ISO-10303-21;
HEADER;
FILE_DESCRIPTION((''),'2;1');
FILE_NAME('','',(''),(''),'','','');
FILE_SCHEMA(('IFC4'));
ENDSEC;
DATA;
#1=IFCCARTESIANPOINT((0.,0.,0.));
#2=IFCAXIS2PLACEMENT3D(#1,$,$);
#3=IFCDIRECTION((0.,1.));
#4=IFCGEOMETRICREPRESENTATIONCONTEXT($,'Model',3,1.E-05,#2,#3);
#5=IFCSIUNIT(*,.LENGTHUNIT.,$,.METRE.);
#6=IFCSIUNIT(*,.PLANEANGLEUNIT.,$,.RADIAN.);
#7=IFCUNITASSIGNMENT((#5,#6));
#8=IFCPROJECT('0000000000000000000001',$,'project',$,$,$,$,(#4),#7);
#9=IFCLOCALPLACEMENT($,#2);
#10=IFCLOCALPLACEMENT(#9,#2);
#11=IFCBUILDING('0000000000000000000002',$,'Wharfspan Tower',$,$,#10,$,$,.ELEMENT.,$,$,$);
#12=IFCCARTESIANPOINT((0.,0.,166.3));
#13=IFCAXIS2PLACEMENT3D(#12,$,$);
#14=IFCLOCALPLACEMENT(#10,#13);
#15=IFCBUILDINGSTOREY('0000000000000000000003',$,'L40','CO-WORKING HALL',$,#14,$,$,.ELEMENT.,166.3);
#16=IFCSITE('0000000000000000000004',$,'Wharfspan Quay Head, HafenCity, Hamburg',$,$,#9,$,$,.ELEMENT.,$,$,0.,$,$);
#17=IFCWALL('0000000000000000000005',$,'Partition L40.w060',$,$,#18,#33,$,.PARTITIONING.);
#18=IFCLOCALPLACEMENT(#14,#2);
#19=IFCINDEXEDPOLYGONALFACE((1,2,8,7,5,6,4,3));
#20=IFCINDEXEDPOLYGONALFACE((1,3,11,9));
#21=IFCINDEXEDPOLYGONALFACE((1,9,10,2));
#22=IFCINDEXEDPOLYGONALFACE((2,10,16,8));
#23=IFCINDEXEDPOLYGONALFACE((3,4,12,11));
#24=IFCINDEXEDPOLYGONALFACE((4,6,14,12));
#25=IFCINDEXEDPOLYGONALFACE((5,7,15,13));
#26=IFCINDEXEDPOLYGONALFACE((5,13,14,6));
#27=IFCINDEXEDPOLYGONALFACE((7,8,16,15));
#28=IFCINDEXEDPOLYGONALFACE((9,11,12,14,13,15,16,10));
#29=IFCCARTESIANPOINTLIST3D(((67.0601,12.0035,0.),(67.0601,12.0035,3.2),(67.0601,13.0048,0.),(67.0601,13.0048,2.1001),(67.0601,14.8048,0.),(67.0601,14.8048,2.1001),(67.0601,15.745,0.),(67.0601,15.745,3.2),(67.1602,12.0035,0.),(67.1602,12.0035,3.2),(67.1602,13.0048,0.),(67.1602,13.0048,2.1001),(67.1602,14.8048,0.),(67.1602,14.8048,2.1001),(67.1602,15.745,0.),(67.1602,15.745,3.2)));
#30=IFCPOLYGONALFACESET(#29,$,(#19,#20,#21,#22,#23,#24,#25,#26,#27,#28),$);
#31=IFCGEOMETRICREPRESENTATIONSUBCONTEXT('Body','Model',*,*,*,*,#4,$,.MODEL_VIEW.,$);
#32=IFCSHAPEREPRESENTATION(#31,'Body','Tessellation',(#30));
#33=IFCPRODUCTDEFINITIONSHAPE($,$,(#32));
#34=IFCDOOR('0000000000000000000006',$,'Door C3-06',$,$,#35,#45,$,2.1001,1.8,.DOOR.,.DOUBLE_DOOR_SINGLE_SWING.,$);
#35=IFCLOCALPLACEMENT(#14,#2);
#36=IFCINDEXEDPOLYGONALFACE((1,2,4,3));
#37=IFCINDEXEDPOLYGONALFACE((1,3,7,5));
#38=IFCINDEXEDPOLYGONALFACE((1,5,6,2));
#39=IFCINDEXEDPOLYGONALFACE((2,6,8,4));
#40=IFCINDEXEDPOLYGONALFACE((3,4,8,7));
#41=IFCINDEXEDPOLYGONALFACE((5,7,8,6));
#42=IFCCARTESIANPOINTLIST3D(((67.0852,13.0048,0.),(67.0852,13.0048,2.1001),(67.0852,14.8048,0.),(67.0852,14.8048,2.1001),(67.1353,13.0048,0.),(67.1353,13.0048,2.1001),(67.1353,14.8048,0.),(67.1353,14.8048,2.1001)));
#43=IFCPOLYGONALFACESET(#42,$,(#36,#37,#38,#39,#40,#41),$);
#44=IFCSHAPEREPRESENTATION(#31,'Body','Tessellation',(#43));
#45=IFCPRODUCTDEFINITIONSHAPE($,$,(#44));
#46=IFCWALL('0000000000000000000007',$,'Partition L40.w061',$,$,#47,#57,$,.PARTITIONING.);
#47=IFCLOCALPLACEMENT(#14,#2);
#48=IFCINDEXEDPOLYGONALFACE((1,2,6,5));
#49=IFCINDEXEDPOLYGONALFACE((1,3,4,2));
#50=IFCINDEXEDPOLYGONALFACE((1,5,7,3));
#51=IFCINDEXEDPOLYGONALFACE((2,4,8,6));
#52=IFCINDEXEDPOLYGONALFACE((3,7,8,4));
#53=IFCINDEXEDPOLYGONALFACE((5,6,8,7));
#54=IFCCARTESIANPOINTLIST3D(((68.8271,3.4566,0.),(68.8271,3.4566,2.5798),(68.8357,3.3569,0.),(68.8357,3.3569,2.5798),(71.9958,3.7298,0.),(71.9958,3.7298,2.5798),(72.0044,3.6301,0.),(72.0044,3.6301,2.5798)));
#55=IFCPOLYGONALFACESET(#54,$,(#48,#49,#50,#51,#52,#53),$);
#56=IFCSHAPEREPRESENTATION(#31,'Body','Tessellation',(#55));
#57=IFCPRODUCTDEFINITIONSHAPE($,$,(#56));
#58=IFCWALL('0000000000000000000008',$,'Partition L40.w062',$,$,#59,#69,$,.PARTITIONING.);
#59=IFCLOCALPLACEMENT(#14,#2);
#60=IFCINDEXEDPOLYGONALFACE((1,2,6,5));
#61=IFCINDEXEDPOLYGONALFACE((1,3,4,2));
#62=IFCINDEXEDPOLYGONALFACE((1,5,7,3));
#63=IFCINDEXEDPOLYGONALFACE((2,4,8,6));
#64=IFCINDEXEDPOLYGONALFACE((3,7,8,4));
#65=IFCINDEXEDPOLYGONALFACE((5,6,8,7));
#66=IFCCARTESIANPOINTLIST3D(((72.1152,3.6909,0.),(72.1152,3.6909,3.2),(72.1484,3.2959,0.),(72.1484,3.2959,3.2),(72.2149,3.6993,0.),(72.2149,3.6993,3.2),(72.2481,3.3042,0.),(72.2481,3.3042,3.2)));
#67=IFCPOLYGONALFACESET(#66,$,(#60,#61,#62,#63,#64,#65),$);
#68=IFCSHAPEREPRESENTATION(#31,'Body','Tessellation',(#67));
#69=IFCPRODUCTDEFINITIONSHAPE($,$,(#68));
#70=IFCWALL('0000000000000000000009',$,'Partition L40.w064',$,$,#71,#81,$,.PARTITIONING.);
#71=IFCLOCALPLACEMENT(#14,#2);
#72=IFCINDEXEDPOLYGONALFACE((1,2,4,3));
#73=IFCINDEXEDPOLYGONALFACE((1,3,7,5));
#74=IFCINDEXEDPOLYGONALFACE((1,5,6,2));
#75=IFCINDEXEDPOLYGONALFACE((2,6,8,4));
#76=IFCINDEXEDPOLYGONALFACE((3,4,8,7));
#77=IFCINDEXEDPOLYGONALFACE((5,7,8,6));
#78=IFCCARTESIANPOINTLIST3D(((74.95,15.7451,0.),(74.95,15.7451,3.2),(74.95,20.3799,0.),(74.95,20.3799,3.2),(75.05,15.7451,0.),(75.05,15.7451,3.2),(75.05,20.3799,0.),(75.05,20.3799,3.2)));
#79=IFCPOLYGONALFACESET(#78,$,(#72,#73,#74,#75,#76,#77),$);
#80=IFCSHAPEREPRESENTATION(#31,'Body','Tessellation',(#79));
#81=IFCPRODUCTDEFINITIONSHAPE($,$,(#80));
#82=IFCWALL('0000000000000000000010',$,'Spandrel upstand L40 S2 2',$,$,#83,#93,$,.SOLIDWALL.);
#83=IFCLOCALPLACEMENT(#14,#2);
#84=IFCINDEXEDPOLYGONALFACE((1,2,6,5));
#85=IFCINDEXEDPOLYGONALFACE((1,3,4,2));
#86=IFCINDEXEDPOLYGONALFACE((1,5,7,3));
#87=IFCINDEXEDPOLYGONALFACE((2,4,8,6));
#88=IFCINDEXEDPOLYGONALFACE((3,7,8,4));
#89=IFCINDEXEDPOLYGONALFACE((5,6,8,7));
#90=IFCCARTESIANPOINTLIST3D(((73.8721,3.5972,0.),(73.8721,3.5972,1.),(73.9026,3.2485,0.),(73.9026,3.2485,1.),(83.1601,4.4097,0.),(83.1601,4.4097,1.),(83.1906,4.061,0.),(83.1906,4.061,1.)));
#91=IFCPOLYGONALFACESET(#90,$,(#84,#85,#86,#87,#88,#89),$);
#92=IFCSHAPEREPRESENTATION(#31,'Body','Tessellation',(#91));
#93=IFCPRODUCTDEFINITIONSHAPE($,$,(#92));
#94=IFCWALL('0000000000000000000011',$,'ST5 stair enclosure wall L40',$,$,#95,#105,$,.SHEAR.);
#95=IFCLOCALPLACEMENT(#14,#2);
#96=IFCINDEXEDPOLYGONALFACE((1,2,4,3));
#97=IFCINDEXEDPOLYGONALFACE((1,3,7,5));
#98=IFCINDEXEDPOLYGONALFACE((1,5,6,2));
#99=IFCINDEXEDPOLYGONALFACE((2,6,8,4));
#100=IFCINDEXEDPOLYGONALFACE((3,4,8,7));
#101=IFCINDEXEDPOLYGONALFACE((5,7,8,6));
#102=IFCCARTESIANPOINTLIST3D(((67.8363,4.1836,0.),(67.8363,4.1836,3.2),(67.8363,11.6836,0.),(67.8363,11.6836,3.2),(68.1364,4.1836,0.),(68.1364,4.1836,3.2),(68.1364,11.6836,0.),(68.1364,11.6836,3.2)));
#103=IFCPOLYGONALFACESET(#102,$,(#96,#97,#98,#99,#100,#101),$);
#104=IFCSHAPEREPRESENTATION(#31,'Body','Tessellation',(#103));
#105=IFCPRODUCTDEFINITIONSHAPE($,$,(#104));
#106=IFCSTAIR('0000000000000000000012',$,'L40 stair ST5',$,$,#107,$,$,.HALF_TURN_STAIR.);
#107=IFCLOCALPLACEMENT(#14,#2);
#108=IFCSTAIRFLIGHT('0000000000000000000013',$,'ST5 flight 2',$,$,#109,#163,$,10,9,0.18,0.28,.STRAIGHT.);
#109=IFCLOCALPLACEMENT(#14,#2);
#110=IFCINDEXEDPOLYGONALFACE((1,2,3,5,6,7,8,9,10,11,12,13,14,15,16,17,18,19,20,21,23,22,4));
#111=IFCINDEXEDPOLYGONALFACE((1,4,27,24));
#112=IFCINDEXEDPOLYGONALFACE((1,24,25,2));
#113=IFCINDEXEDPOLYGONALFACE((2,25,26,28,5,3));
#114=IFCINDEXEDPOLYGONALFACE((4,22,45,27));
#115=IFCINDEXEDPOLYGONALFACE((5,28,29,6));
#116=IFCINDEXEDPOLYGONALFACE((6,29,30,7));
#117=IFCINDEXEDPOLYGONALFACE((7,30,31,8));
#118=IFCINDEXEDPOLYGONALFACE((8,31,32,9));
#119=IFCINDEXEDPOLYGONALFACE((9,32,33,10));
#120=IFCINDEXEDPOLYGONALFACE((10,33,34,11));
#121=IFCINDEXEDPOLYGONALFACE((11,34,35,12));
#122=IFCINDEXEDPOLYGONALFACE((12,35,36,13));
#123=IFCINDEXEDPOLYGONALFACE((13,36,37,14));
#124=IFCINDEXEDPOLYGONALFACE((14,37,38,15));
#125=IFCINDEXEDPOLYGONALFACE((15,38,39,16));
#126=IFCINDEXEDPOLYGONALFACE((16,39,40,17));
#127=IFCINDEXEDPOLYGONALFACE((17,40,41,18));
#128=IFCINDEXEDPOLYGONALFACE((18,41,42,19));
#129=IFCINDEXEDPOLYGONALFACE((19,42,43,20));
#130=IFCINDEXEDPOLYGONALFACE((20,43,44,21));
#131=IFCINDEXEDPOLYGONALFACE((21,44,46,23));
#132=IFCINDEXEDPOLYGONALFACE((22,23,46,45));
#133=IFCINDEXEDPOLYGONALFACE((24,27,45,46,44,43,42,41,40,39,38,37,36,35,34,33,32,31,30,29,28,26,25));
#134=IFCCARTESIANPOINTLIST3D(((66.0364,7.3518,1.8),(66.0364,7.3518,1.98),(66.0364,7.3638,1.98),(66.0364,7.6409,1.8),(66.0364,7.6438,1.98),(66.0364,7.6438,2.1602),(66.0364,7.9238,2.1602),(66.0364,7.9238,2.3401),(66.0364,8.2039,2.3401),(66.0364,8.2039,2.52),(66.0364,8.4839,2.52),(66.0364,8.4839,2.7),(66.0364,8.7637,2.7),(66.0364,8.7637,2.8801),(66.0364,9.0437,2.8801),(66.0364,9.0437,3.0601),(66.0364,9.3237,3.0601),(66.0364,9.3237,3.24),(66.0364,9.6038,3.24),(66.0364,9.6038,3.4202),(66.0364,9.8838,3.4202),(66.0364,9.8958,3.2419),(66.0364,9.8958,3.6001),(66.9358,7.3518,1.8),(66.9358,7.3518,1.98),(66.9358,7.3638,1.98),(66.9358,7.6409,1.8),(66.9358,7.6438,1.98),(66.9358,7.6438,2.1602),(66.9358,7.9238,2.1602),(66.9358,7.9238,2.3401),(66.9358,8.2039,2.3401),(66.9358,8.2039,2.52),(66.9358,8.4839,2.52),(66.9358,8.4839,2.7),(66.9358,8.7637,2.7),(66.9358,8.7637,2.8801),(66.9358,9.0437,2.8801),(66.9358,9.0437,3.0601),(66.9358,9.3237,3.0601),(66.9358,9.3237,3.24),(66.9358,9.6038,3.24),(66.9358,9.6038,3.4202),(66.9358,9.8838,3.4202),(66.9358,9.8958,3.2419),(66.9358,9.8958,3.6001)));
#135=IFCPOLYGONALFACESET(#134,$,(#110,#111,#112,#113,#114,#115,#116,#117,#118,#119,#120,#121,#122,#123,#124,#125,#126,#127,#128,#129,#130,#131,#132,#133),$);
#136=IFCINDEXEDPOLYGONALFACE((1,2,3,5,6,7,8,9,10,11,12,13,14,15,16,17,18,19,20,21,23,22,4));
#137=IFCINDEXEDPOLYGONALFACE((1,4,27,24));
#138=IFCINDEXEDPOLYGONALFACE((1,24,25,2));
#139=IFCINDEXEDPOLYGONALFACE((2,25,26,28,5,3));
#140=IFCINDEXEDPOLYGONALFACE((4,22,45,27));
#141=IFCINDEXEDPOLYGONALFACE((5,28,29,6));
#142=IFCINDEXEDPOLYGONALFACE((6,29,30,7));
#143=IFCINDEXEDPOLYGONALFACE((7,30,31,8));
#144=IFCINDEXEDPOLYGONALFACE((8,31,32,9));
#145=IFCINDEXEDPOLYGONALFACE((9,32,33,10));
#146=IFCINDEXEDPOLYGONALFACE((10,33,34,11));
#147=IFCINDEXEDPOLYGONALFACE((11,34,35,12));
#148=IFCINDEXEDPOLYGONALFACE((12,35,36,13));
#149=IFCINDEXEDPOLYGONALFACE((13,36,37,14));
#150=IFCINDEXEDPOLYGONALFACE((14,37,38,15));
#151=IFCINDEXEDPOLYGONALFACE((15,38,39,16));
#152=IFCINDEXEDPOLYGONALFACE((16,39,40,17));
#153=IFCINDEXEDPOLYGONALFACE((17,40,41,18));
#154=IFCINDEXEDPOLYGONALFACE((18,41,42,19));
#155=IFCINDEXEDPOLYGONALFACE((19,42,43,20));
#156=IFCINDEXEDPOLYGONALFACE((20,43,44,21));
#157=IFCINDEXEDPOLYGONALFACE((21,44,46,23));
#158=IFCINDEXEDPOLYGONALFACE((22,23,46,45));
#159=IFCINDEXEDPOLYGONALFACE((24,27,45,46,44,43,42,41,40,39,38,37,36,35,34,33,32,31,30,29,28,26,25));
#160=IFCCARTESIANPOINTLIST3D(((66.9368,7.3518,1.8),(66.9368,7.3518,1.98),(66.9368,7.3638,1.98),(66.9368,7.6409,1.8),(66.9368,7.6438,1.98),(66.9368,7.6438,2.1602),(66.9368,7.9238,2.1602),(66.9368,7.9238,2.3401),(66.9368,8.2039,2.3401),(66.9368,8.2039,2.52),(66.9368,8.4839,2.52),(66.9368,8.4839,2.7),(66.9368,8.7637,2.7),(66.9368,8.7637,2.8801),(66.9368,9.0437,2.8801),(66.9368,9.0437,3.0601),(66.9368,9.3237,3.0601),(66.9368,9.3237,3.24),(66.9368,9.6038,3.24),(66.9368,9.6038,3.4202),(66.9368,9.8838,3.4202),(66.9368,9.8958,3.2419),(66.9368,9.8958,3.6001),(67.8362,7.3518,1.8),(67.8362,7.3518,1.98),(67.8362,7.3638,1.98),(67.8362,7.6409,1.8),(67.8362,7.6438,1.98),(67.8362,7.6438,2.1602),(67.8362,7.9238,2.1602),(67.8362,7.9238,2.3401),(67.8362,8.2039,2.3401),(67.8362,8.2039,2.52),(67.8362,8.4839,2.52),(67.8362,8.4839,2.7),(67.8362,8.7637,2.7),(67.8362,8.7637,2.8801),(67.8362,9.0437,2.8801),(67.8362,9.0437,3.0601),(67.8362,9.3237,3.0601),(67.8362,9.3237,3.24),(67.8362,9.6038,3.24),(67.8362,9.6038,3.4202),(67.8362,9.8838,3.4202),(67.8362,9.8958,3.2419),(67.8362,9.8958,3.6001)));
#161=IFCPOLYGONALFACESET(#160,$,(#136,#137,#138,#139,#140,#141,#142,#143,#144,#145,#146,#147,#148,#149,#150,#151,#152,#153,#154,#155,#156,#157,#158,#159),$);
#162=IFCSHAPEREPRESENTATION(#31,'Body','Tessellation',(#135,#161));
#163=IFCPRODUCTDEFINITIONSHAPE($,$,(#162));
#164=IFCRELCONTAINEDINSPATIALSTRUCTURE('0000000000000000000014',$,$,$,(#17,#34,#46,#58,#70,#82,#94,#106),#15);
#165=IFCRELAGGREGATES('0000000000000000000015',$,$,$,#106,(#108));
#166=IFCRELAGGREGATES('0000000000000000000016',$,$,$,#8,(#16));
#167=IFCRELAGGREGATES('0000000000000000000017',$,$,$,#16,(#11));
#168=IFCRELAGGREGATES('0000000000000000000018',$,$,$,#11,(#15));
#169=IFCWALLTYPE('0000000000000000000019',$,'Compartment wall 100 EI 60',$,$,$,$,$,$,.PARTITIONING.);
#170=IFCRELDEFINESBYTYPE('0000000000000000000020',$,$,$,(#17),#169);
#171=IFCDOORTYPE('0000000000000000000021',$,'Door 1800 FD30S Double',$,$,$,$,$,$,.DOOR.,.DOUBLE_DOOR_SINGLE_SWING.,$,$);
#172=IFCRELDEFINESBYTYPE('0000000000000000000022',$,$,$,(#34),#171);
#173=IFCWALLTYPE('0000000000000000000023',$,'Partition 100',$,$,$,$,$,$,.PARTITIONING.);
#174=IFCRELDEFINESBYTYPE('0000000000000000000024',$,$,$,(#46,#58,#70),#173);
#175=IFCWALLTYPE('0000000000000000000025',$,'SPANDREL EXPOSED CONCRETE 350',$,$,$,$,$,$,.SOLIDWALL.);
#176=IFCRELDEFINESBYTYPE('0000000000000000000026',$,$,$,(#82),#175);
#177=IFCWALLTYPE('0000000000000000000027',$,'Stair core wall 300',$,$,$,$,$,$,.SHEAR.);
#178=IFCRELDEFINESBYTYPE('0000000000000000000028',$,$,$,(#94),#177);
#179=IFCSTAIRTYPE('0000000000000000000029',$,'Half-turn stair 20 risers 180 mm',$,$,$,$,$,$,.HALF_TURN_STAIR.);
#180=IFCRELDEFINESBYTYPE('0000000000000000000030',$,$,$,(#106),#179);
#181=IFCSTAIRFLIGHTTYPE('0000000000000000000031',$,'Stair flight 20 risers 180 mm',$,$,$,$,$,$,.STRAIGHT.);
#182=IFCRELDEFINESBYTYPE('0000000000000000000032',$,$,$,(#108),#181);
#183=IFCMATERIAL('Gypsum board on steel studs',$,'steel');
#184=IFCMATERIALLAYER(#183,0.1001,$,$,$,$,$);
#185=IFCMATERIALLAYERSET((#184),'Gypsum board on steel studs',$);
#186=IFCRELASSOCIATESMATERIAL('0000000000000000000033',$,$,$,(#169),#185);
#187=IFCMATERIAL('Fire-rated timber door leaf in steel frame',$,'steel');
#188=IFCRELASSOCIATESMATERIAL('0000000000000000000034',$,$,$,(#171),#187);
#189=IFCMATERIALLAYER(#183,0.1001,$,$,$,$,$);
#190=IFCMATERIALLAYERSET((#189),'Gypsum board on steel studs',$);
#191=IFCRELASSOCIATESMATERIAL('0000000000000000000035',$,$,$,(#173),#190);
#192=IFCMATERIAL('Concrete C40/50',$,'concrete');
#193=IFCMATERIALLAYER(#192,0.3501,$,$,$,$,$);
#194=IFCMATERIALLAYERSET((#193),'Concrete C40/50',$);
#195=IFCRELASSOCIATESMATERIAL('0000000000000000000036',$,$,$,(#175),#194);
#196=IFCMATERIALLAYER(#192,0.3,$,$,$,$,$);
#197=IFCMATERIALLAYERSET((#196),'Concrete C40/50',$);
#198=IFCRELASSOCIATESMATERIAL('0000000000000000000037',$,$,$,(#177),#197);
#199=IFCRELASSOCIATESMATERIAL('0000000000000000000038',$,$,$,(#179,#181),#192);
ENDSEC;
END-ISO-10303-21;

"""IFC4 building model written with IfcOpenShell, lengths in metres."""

from ifc_helpers import new_model, si_unit, direction, frame, frame_2d, origin, place, context, subcontext, project, spatial, polyline, rectangle, outline, extrude, material, layer, layer_set, type_object, element, fill, aggregate, save


model = new_model("IFC4")

# Units and contexts
model_context = context("Model", 3, precision=1e-05, world=origin(), true_north=direction((0.0, 1.0)))
body_context = subcontext(model_context, "Body", "Model", "MODEL_VIEW")
ifc_project = project(units=[si_unit("LENGTHUNIT", "METRE"), si_unit("PLANEANGLEUNIT", "RADIAN")], contexts=[model_context])

# Site, building, storey
site_placement = place(None, origin())
site = spatial("IfcSite", under=ifc_project, at=site_placement, Name="Wharfspan Quay Head, HafenCity, Hamburg", CompositionType="ELEMENT", RefElevation=0.0)
building_placement = place(site_placement, origin())
building = spatial("IfcBuilding", under=site, at=building_placement, Name="Wharfspan Tower", CompositionType="ELEMENT")
storey_placement = place(building_placement, frame((0.0, 0.0, 166.3)))
storey = spatial("IfcBuildingStorey", under=building, at=storey_placement, Name="L40", Description="CO-WORKING HALL", CompositionType="ELEMENT", Elevation=166.3)

# Shared definitions
ifc_material_1 = material(Name="Gypsum board on steel studs", Category="steel")
ifc_layer_1 = layer(ifc_material_1, 0.1001)
ifc_layer_set_1 = layer_set([ifc_layer_1], Name="Gypsum board on steel studs")
wall_type_1 = type_object("IfcWallType", Name="Compartment wall 100 EI 60", PredefinedType="PARTITIONING", material=ifc_layer_set_1)
ifc_material_2 = material(Name="Fire-rated timber door leaf in steel frame", Category="steel")

# Wall, opening, door
wall_1_placement = place(storey_placement, frame((67.1101, 12.0037, 0.0), z_axis=(0.0, 0.0, 1.0), x_axis=(0.0, 1.0, 0.0)))
wall_1 = element("IfcWall", 1, at=wall_1_placement, inside=storey, type_object=wall_type_1, Name="Partition L40.w060", PredefinedType="PARTITIONING", context=body_context, shape_type="SweptSolid", body=[
    extrude(rectangle(XDim=3.7415, YDim=0.1001, at=frame_2d((1.8706, 0.0))), origin(), (0.0, 0.0, 1.0), 3.2),
])
opening_1_placement = place(wall_1_placement, frame((1.0012, 0.0, 0.0)))
opening_1 = element("IfcOpeningElement", 2, at=opening_1_placement, cuts=wall_1, PredefinedType="OPENING", context=body_context, shape_type="SweptSolid", body=[
    extrude(rectangle(XDim=1.8, YDim=2.1001, at=frame_2d((0.8999, 1.05))), frame((0.0, 0.0601, 0.0), z_axis=(0.0, -1.0, 0.0), x_axis=(1.0, 0.0, 0.0)), (0.0, 0.0, 1.0), 0.1201),
])
door_type_1 = type_object("IfcDoorType", Name="Door 1800 FD30S Double", OperationType="DOUBLE_DOOR_SINGLE_SWING", PredefinedType="DOOR", material=ifc_material_2)
door_1_placement = place(opening_1_placement, origin())
door_1 = element("IfcDoor", 3, at=door_1_placement, inside=storey, type_object=door_type_1, Name="Door C3-06", OperationType="DOUBLE_DOOR_SINGLE_SWING", OverallHeight=2.1001, OverallWidth=1.8, PredefinedType="DOOR", context=body_context, shape_type="SweptSolid", body=[
    extrude(rectangle(XDim=1.8, YDim=2.1001, at=frame_2d((0.8999, 1.05))), frame((0.0, 0.0249, 0.0), z_axis=(0.0, -1.0, 0.0), x_axis=(1.0, 0.0, 0.0)), (0.0, 0.0, 1.0), 0.05),
])
fill(opening_1, door_1)

# Walls
ifc_layer_2 = layer(ifc_material_1, 0.1001)
ifc_layer_set_2 = layer_set([ifc_layer_2], Name="Gypsum board on steel studs")
wall_type_2 = type_object("IfcWallType", Name="Partition 100", PredefinedType="PARTITIONING", material=ifc_layer_set_2)
wall_2_placement = place(storey_placement, frame((68.8313, 3.4067, 0.0), z_axis=(0.0, 0.0, 1.0), x_axis=(0.996308, 0.085898, 0.0)))
element("IfcWall", 4, at=wall_2_placement, inside=storey, type_object=wall_type_2, Name="Partition L40.w061", PredefinedType="PARTITIONING", context=body_context, shape_type="SweptSolid", body=[
    extrude(rectangle(XDim=3.1804, YDim=0.1001, at=frame_2d((1.5903, 0.0))), origin(), (0.0, 0.0, 1.0), 2.5798),
])
wall_3_placement = place(storey_placement, frame((72.1982, 3.3, 0.0), z_axis=(0.0, 0.0, 1.0), x_axis=(-0.083759, 0.996486, 0.0)))
element("IfcWall", 5, at=wall_3_placement, inside=storey, type_object=wall_type_2, Name="Partition L40.w062", PredefinedType="PARTITIONING", context=body_context, shape_type="SweptSolid", body=[
    extrude(rectangle(XDim=0.3965, YDim=0.1001, at=frame_2d((0.1982, 0.0))), origin(), (0.0, 0.0, 1.0), 3.2),
])
wall_4_placement = place(storey_placement, frame((75.0, 15.7451, 0.0), z_axis=(0.0, 0.0, 1.0), x_axis=(0.0, 1.0, 0.0)))
element("IfcWall", 6, at=wall_4_placement, inside=storey, type_object=wall_type_2, Name="Partition L40.w064", PredefinedType="PARTITIONING", context=body_context, shape_type="SweptSolid", body=[
    extrude(rectangle(XDim=4.6348, YDim=0.1001, at=frame_2d((2.3174, 0.0))), origin(), (0.0, 0.0, 1.0), 3.2),
])
ifc_material_3 = material(Name="Concrete C40/50", Category="concrete")
ifc_layer_3 = layer(ifc_material_3, 0.3501)
ifc_layer_set_3 = layer_set([ifc_layer_3], Name="Concrete C40/50")
wall_type_3 = type_object("IfcWallType", Name="SPANDREL EXPOSED CONCRETE 350", PredefinedType="SOLIDWALL", material=ifc_layer_set_3)
wall_5_placement = place(storey_placement, frame((73.8875, 3.4229, 0.0), z_axis=(0.0, 0.0, 1.0), x_axis=(0.996197, 0.087145, 0.0)))
element("IfcWall", 7, at=wall_5_placement, inside=storey, type_object=wall_type_3, Name="Spandrel upstand L40 S2 2", PredefinedType="SOLIDWALL", context=body_context, shape_type="SweptSolid", body=[
    extrude(rectangle(XDim=9.3235, YDim=0.3501, at=frame_2d((4.6616, 0.0))), origin(), (0.0, 0.0, 1.0), 1.0),
])
ifc_layer_4 = layer(ifc_material_3, 0.3)
ifc_layer_set_4 = layer_set([ifc_layer_4], Name="Concrete C40/50")
wall_type_4 = type_object("IfcWallType", Name="Stair core wall 300", PredefinedType="SHEAR", material=ifc_layer_set_4)
wall_6_placement = place(storey_placement, frame((67.9863, 4.1836, 0.0), z_axis=(0.0, 0.0, 1.0), x_axis=(0.0, 1.0, 0.0)))
element("IfcWall", 8, at=wall_6_placement, inside=storey, type_object=wall_type_4, Name="ST5 stair enclosure wall L40", PredefinedType="SHEAR", context=body_context, shape_type="SweptSolid", body=[
    extrude(rectangle(XDim=7.5, YDim=0.3, at=frame_2d((3.75, 0.0))), origin(), (0.0, 0.0, 1.0), 3.2),
])

# Stair, stair flight
stair_type = type_object("IfcStairType", Name="Half-turn stair 20 risers 180 mm", PredefinedType="HALF_TURN_STAIR", material=ifc_material_3)
stair_placement = place(storey_placement, origin())
stair = element("IfcStair", 9, at=stair_placement, inside=storey, type_object=stair_type, Name="L40 stair ST5", PredefinedType="HALF_TURN_STAIR")
stair_flight_type = type_object("IfcStairFlightType", Name="Stair flight 20 risers 180 mm", PredefinedType="STRAIGHT", material=ifc_material_3)
stair_flight_placement = place(storey_placement, frame((66.9363, 7.3638, 1.8), z_axis=(0.0, 0.0, 1.0), x_axis=(0.0, 1.0, 0.0)))
stair_flight = element("IfcStairFlight", 10, at=stair_flight_placement, type_object=stair_flight_type, Name="ST5 flight 2", NumberOfRisers=10, NumberOfTreads=9, PredefinedType="STRAIGHT", RiserHeight=0.18, TreadLength=0.28, context=body_context, shape_type="SweptSolid", body=[
    extrude(outline(polyline([(-0.012, 0.0), (-0.012, 0.1799), (0.0, 0.1799), (0.28, 0.1799), (0.28, 0.3601), (0.5601, 0.3601), (0.5601, 0.54), (0.8401, 0.54), (0.8401, 0.72), (1.1201, 0.72), (1.1201, 0.8999), (1.3999, 0.8999), (1.3999, 1.0801), (1.6799, 1.0801), (1.6799, 1.26), (1.96, 1.26), (1.96, 1.4399), (2.24, 1.4399), (2.24, 1.6201), (2.52, 1.6201), (2.532, 1.8), (2.532, 1.4419), (0.2771, 0.0), (-0.012, 0.0)])), frame((0.0, 0.8999, 0.0), z_axis=(0.0, -1.0, 0.0), x_axis=(1.0, 0.0, 0.0)), (0.0, 0.0, 1.0), 0.8994),
    extrude(outline(polyline([(-0.012, 0.0), (-0.012, 0.1799), (0.0, 0.1799), (0.28, 0.1799), (0.28, 0.3601), (0.5601, 0.3601), (0.5601, 0.54), (0.8401, 0.54), (0.8401, 0.72), (1.1201, 0.72), (1.1201, 0.8999), (1.3999, 0.8999), (1.3999, 1.0801), (1.6799, 1.0801), (1.6799, 1.26), (1.96, 1.26), (1.96, 1.4399), (2.24, 1.4399), (2.24, 1.6201), (2.52, 1.6201), (2.532, 1.8), (2.532, 1.4419), (0.2771, 0.0), (-0.012, 0.0)])), frame((0.0, -0.0005, 0.0), z_axis=(0.0, -1.0, 0.0), x_axis=(1.0, 0.0, 0.0)), (0.0, 0.0, 1.0), 0.8994),
])
aggregate(stair, [stair_flight])

save(model, "model.ifc")
